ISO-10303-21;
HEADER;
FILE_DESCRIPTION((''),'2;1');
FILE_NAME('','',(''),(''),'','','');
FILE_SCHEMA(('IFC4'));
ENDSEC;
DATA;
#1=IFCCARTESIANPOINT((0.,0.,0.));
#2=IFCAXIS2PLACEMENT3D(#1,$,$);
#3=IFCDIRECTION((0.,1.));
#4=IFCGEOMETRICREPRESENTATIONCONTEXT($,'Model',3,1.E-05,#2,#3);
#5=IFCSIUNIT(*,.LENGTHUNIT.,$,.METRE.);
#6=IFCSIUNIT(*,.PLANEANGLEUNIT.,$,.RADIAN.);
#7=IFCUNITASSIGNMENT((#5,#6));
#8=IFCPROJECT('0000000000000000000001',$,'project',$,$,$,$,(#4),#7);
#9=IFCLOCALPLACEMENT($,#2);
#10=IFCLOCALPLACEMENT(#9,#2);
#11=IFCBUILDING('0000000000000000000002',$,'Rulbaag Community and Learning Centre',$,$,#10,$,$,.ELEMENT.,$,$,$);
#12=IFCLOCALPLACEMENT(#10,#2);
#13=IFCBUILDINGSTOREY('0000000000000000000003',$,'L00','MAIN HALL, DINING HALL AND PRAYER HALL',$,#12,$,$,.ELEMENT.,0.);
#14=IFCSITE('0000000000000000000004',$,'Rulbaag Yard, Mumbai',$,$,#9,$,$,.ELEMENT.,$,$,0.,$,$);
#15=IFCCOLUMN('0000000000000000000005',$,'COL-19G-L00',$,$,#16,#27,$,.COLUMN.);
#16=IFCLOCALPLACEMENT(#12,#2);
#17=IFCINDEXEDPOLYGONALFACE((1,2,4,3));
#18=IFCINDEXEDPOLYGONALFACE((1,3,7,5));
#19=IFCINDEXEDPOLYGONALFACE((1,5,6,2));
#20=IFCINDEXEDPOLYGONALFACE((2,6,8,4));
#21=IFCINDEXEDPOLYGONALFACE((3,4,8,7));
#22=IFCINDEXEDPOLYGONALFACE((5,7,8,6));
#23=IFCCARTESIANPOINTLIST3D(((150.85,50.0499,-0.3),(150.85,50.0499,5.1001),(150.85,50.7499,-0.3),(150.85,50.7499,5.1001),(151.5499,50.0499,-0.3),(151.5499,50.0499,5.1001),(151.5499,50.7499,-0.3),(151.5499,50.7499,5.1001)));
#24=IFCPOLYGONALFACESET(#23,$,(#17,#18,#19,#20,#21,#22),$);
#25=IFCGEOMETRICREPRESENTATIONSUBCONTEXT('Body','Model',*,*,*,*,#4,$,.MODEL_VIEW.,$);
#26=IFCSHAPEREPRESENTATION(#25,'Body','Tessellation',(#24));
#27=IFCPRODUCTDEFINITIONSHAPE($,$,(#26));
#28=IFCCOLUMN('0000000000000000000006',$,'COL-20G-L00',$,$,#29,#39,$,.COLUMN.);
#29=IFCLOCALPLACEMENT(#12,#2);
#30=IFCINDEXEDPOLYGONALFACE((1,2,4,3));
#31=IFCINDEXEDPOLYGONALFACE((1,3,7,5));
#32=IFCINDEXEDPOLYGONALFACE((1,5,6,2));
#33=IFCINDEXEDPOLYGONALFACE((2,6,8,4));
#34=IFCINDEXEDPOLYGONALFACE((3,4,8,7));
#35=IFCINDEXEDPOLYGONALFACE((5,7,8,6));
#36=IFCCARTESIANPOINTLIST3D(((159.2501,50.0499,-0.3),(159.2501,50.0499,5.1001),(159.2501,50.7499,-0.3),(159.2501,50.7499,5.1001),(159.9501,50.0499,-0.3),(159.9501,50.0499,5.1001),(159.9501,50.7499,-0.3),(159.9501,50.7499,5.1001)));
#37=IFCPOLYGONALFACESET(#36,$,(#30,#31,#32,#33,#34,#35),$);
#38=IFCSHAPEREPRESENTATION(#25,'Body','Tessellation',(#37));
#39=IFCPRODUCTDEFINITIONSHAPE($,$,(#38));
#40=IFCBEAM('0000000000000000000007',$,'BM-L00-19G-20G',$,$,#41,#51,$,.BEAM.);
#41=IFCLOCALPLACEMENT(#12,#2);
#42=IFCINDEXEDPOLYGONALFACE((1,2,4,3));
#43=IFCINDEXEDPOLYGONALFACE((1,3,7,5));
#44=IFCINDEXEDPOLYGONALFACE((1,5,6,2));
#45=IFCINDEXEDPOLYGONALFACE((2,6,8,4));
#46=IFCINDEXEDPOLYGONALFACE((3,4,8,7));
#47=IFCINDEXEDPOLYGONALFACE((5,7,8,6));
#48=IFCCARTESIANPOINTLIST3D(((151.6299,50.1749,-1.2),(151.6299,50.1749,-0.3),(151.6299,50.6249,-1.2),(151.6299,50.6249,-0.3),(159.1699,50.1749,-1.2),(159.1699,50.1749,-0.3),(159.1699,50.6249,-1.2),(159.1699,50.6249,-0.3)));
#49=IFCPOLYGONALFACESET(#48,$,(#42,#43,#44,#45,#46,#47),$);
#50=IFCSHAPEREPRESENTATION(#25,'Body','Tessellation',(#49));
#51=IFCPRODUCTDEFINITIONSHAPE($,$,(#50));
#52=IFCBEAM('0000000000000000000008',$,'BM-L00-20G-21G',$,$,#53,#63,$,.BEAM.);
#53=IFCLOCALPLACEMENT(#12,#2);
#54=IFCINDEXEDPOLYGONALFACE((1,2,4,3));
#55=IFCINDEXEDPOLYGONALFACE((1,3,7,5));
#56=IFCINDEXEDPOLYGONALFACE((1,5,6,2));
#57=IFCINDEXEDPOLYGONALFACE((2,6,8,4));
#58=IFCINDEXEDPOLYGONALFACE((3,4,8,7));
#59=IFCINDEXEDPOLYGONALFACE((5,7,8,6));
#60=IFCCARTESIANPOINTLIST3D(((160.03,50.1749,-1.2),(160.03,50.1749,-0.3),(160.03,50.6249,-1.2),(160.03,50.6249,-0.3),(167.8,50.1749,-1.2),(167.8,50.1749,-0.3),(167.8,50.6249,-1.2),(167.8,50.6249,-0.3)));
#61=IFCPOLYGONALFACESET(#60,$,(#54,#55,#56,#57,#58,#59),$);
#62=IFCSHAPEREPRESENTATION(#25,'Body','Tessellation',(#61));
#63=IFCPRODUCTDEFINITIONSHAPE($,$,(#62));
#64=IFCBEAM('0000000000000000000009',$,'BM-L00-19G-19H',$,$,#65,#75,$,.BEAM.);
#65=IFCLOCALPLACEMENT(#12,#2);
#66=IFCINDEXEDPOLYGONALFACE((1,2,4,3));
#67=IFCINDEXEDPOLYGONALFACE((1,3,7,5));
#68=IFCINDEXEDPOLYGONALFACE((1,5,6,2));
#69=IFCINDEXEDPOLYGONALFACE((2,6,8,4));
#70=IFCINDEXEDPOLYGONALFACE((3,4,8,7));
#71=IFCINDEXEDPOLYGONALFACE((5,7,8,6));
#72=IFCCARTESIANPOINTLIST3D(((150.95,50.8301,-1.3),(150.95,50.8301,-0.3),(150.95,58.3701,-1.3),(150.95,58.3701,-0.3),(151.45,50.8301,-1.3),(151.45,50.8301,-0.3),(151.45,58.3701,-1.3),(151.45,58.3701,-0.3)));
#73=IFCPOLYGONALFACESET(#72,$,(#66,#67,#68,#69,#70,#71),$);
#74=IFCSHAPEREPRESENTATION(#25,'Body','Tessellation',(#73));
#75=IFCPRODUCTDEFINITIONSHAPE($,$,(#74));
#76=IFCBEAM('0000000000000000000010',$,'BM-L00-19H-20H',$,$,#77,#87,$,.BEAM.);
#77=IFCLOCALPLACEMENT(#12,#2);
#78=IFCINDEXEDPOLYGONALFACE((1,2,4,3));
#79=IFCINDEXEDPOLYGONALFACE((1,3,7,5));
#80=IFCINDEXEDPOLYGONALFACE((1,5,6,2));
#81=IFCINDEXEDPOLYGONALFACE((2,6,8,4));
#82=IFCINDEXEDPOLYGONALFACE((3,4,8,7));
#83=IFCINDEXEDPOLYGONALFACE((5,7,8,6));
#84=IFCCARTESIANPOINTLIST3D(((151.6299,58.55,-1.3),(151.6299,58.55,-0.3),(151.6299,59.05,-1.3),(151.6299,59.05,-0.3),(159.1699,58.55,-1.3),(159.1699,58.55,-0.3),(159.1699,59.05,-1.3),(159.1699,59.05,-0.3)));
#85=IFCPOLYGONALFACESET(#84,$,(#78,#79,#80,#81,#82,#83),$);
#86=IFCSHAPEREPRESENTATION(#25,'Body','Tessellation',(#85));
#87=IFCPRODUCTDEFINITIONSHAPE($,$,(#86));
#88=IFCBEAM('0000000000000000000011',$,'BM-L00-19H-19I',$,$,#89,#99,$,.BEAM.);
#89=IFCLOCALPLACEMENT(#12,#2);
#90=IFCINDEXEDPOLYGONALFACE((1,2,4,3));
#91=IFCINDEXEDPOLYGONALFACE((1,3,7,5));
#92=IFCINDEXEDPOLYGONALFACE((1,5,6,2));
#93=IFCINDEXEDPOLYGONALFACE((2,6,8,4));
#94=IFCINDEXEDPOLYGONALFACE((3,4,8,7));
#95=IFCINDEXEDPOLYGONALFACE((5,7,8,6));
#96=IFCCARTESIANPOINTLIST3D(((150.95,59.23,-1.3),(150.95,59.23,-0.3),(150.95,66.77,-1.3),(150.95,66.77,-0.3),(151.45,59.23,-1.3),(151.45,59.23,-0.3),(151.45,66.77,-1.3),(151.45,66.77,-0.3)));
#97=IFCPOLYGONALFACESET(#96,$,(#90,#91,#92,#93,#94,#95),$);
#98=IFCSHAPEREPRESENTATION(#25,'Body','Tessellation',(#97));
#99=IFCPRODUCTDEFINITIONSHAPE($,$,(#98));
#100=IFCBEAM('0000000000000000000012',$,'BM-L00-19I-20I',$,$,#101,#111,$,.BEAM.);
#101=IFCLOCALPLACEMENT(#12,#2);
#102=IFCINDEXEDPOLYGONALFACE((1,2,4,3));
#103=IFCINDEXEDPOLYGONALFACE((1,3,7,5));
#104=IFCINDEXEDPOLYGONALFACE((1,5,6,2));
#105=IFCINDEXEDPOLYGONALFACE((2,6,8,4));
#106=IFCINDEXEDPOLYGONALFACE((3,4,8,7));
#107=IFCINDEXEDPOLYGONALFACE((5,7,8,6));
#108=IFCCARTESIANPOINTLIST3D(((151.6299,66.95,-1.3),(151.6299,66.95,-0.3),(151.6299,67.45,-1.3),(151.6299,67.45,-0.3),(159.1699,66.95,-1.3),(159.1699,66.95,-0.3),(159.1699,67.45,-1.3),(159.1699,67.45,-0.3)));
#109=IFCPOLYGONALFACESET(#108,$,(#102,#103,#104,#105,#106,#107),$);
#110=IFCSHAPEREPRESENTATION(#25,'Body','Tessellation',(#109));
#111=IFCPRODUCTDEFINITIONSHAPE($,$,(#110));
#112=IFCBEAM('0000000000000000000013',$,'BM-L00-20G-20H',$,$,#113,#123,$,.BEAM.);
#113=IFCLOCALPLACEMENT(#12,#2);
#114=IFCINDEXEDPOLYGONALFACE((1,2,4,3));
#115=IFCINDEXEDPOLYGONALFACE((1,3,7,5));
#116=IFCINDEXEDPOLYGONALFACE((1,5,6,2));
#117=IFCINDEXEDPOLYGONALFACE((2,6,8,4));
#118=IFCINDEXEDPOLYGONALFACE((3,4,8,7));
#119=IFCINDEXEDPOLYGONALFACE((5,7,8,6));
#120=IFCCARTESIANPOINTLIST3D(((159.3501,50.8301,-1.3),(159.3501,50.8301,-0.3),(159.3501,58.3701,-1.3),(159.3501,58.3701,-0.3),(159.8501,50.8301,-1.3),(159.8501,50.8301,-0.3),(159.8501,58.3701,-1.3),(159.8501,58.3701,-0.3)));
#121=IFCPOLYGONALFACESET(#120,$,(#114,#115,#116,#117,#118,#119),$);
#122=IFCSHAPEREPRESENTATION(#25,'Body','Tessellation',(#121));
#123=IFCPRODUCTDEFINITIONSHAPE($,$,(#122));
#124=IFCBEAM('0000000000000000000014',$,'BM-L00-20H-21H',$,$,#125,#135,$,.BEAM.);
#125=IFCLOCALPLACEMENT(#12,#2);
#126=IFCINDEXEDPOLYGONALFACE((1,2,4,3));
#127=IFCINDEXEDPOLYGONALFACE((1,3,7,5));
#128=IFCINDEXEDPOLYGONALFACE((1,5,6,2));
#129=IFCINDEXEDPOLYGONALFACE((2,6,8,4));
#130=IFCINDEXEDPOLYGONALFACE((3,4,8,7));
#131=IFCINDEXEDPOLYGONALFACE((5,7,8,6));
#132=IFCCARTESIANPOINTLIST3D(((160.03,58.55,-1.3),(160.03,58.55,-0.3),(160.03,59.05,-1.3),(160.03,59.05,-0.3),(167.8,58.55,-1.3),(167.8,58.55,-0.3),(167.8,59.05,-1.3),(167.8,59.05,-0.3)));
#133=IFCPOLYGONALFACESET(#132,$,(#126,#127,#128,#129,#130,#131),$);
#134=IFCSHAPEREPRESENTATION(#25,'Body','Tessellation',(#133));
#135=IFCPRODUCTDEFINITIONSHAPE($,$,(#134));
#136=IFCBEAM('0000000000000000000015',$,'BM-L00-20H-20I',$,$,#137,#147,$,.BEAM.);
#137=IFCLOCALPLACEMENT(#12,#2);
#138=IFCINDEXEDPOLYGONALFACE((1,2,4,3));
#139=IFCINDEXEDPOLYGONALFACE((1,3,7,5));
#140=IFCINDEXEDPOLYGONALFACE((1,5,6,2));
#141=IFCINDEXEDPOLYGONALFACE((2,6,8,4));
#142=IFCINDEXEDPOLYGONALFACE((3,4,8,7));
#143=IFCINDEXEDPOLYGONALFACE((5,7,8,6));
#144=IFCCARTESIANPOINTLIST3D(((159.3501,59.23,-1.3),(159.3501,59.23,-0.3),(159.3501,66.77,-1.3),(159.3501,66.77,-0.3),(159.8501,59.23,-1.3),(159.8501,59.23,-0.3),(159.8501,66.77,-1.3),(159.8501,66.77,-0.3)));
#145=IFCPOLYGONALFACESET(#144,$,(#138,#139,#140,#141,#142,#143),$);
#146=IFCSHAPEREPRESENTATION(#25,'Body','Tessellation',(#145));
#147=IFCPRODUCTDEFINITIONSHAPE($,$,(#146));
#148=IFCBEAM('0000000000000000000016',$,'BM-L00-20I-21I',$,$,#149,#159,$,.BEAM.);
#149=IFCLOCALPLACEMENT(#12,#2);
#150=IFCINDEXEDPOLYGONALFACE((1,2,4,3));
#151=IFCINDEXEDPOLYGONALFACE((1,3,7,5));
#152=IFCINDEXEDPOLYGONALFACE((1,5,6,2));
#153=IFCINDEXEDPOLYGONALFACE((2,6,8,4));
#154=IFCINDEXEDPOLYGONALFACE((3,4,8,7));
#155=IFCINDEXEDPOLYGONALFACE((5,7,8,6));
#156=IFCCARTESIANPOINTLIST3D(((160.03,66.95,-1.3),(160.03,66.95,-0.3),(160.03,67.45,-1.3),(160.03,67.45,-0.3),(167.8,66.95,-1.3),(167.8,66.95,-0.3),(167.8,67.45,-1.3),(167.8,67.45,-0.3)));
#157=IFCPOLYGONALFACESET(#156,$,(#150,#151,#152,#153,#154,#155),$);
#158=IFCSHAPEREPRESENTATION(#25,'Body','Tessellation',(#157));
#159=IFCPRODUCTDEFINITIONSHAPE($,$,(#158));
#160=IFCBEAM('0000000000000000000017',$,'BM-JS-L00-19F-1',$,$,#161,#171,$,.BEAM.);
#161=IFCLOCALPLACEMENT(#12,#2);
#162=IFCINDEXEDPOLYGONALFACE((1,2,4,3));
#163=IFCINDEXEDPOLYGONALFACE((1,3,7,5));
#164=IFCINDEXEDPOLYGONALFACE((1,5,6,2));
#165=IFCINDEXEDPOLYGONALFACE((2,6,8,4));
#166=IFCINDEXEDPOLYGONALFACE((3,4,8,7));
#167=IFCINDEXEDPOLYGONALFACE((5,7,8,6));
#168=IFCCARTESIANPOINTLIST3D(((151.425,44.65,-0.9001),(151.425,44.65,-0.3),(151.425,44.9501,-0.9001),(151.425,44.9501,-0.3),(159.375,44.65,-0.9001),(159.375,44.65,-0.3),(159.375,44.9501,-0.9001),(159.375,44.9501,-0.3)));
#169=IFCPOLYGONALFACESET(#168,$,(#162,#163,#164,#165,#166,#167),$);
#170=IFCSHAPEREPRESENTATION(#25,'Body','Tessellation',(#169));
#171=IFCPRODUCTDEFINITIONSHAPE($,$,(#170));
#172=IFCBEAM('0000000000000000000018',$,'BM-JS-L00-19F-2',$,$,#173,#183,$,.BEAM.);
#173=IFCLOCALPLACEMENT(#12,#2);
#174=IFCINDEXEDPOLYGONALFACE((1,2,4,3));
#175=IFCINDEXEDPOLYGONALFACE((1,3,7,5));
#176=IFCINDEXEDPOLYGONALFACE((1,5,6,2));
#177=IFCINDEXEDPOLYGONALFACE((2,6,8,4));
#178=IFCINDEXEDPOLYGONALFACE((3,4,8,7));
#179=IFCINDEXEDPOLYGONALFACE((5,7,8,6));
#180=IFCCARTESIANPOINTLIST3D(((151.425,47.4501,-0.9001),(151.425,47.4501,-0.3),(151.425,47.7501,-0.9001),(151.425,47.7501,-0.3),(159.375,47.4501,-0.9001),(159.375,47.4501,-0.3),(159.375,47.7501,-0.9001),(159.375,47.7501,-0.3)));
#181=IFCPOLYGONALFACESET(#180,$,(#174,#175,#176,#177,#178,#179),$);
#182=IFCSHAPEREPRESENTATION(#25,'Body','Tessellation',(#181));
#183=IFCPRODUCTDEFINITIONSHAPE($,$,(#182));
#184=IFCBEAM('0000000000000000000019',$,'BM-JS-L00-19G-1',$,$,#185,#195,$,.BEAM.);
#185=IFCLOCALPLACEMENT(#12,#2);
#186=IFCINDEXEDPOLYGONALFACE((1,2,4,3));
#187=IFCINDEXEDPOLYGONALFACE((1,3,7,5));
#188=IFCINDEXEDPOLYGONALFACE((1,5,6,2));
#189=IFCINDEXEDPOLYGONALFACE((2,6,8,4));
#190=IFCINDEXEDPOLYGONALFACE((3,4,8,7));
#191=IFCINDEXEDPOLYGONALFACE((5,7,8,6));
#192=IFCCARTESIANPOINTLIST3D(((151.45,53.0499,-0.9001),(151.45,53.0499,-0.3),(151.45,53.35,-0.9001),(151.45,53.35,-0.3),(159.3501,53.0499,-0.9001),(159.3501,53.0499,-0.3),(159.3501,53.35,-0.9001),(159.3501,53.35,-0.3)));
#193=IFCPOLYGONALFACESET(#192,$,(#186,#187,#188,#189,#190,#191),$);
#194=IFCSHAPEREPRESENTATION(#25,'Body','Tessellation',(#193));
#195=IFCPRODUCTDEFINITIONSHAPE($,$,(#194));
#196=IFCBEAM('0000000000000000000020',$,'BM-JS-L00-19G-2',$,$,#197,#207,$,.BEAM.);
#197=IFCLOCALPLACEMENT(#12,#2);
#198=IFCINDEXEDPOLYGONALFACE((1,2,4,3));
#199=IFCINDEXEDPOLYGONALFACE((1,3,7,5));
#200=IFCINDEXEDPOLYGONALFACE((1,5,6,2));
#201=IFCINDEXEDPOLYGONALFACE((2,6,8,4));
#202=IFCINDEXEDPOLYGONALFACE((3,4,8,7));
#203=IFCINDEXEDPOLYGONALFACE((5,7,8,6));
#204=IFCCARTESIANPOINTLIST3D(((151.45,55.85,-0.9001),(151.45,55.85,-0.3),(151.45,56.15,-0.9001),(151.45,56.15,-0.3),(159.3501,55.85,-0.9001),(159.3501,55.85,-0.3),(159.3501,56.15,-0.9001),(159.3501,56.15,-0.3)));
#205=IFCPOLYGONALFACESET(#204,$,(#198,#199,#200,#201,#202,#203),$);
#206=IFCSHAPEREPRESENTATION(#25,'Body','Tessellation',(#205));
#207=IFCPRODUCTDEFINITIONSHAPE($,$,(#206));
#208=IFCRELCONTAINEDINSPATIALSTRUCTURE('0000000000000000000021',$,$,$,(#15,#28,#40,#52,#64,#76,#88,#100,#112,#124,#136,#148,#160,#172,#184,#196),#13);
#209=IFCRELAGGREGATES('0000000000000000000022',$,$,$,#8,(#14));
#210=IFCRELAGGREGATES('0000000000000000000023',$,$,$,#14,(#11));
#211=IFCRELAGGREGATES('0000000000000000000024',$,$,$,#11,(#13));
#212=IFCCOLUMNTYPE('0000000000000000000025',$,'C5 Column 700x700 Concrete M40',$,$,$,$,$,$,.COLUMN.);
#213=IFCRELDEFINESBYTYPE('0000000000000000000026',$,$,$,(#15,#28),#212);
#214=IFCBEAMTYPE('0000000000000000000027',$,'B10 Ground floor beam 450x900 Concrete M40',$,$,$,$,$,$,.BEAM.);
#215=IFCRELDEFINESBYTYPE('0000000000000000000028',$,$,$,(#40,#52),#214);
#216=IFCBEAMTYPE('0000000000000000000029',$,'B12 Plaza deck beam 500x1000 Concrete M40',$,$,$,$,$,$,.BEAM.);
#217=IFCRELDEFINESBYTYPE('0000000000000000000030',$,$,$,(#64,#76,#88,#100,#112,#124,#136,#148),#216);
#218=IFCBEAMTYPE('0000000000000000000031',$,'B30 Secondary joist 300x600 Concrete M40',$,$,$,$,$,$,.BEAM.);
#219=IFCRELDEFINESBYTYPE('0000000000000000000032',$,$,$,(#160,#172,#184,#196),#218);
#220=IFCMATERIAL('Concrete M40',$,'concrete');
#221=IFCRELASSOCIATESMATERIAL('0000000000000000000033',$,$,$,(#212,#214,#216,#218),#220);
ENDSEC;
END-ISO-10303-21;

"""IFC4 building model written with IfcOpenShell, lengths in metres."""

from ifc_helpers import new_model, si_unit, direction, frame, origin, origin_2d, place, context, subcontext, project, spatial, rectangle, extrude, material, material_profile, profile_set, type_object, element, save


model = new_model("IFC4")

# Units and contexts
model_context = context("Model", 3, precision=1e-05, world=origin(), true_north=direction((0.0, 1.0)))
body_context = subcontext(model_context, "Body", "Model", "MODEL_VIEW")
ifc_project = project(units=[si_unit("LENGTHUNIT", "METRE"), si_unit("PLANEANGLEUNIT", "RADIAN")], contexts=[model_context])

# Site, building, storey
site_placement = place(None, origin())
site = spatial("IfcSite", under=ifc_project, at=site_placement, Name="Rulbaag Yard, Mumbai", CompositionType="ELEMENT", RefElevation=0.0)
building_placement = place(site_placement, origin())
building = spatial("IfcBuilding", under=site, at=building_placement, Name="Rulbaag Community and Learning Centre", CompositionType="ELEMENT")
storey_placement = place(building_placement, origin())
storey = spatial("IfcBuildingStorey", under=building, at=storey_placement, Name="L00", Description="MAIN HALL, DINING HALL AND PRAYER HALL", CompositionType="ELEMENT", Elevation=0.0)

# Columns
ifc_material_1 = material(Name="Concrete M40", Category="concrete")
ifc_material_profile_1 = material_profile(ifc_material_1, rectangle(XDim=0.7, YDim=0.7, at=origin_2d()), Name="RC700x700")
ifc_profile_set_1 = profile_set([ifc_material_profile_1], Name="Concrete M40")
column_type = type_object("IfcColumnType", Name="C5 Column 700x700 Concrete M40", PredefinedType="COLUMN", material=ifc_profile_set_1)
for number, where, z_axis, x_axis, name in (
    (1, (151.2, 50.3999, -0.3), (0.0, 0.0, 1.0), (1.0, 0.0, 0.0), "COL-19G-L00"),
    (2, (159.6001, 50.3999, -0.3), (0.0, 0.0, 1.0), (1.0, 0.0, 0.0), "COL-20G-L00"),
):
    element("IfcColumn", number, at=place(storey_placement, frame(where, z_axis=z_axis, x_axis=x_axis)), inside=storey, type_object=column_type, Name=name, PredefinedType="COLUMN", context=body_context, shape_type="SweptSolid", body=[
        extrude(rectangle(XDim=0.7, YDim=0.7, at=origin_2d()), origin(), (0.0, 0.0, 1.0), 5.4001),
    ])

# Beams
ifc_material_profile_2 = material_profile(ifc_material_1, rectangle(XDim=0.45, YDim=0.8999, at=origin_2d()), Name="RB450x900")
ifc_profile_set_2 = profile_set([ifc_material_profile_2], Name="Concrete M40")
beam_type_1 = type_object("IfcBeamType", Name="B10 Ground floor beam 450x900 Concrete M40", PredefinedType="BEAM", material=ifc_profile_set_2)
beam_1_placement = place(storey_placement, frame((151.6299, 50.3999, -0.75), z_axis=(1.0, 0.0, 0.0), x_axis=(0.0, 1.0, 0.0)))
element("IfcBeam", 3, at=beam_1_placement, inside=storey, type_object=beam_type_1, Name="BM-L00-19G-20G", PredefinedType="BEAM", context=body_context, shape_type="SweptSolid", body=[
    extrude(rectangle(XDim=0.45, YDim=0.8999, at=origin_2d()), origin(), (0.0, 0.0, 1.0), 7.54),
])
beam_2_placement = place(storey_placement, frame((160.03, 50.3999, -0.75), z_axis=(1.0, 0.0, 0.0), x_axis=(0.0, 1.0, 0.0)))
element("IfcBeam", 4, at=beam_2_placement, inside=storey, type_object=beam_type_1, Name="BM-L00-20G-21G", PredefinedType="BEAM", context=body_context, shape_type="SweptSolid", body=[
    extrude(rectangle(XDim=0.45, YDim=0.8999, at=origin_2d()), origin(), (0.0, 0.0, 1.0), 7.77),
])
ifc_material_profile_3 = material_profile(ifc_material_1, rectangle(XDim=0.5, YDim=1.0, at=origin_2d()), Name="RB500x1000")
ifc_profile_set_3 = profile_set([ifc_material_profile_3], Name="Concrete M40")
beam_type_2 = type_object("IfcBeamType", Name="B12 Plaza deck beam 500x1000 Concrete M40", PredefinedType="BEAM", material=ifc_profile_set_3)
for number, where, z_axis, x_axis, name in (
    (5, (151.2, 50.8301, -0.8), (0.0, 1.0, 0.0), (-1.0, 0.0, 0.0), "BM-L00-19G-19H"),
    (6, (151.6299, 58.8, -0.8), (1.0, 0.0, 0.0), (0.0, 1.0, 0.0), "BM-L00-19H-20H"),
    (7, (151.2, 59.23, -0.8), (0.0, 1.0, 0.0), (-1.0, 0.0, 0.0), "BM-L00-19H-19I"),
    (8, (151.6299, 67.2, -0.8), (1.0, 0.0, 0.0), (0.0, 1.0, 0.0), "BM-L00-19I-20I"),
    (9, (159.6001, 50.8301, -0.8), (0.0, 1.0, 0.0), (-1.0, 0.0, 0.0), "BM-L00-20G-20H"),
):
    element("IfcBeam", number, at=place(storey_placement, frame(where, z_axis=z_axis, x_axis=x_axis)), inside=storey, type_object=beam_type_2, Name=name, PredefinedType="BEAM", context=body_context, shape_type="SweptSolid", body=[
        extrude(rectangle(XDim=0.5, YDim=1.0, at=origin_2d()), origin(), (0.0, 0.0, 1.0), 7.54),
    ])
beam_3_placement = place(storey_placement, frame((160.03, 58.8, -0.8), z_axis=(1.0, 0.0, 0.0), x_axis=(0.0, 1.0, 0.0)))
element("IfcBeam", 10, at=beam_3_placement, inside=storey, type_object=beam_type_2, Name="BM-L00-20H-21H", PredefinedType="BEAM", context=body_context, shape_type="SweptSolid", body=[
    extrude(rectangle(XDim=0.5, YDim=1.0, at=origin_2d()), origin(), (0.0, 0.0, 1.0), 7.77),
])
beam_4_placement = place(storey_placement, frame((159.6001, 59.23, -0.8), z_axis=(0.0, 1.0, 0.0), x_axis=(-1.0, 0.0, 0.0)))
element("IfcBeam", 11, at=beam_4_placement, inside=storey, type_object=beam_type_2, Name="BM-L00-20H-20I", PredefinedType="BEAM", context=body_context, shape_type="SweptSolid", body=[
    extrude(rectangle(XDim=0.5, YDim=1.0, at=origin_2d()), origin(), (0.0, 0.0, 1.0), 7.54),
])
beam_5_placement = place(storey_placement, frame((160.03, 67.2, -0.8), z_axis=(1.0, 0.0, 0.0), x_axis=(0.0, 1.0, 0.0)))
element("IfcBeam", 12, at=beam_5_placement, inside=storey, type_object=beam_type_2, Name="BM-L00-20I-21I", PredefinedType="BEAM", context=body_context, shape_type="SweptSolid", body=[
    extrude(rectangle(XDim=0.5, YDim=1.0, at=origin_2d()), origin(), (0.0, 0.0, 1.0), 7.77),
])
ifc_material_profile_4 = material_profile(ifc_material_1, rectangle(XDim=0.3, YDim=0.6001, at=origin_2d()), Name="RB300x600")
ifc_profile_set_4 = profile_set([ifc_material_profile_4], Name="Concrete M40")
beam_type_3 = type_object("IfcBeamType", Name="B30 Secondary joist 300x600 Concrete M40", PredefinedType="BEAM", material=ifc_profile_set_4)
for number, where, z_axis, x_axis, name in (
    (13, (151.425, 44.8, -0.6001), (1.0, 0.0, 0.0), (0.0, 1.0, 0.0), "BM-JS-L00-19F-1"),
    (14, (151.425, 47.6001, -0.6001), (1.0, 0.0, 0.0), (0.0, 1.0, 0.0), "BM-JS-L00-19F-2"),
):
    element("IfcBeam", number, at=place(storey_placement, frame(where, z_axis=z_axis, x_axis=x_axis)), inside=storey, type_object=beam_type_3, Name=name, PredefinedType="BEAM", context=body_context, shape_type="SweptSolid", body=[
        extrude(rectangle(XDim=0.3, YDim=0.6001, at=origin_2d()), origin(), (0.0, 0.0, 1.0), 7.95),
    ])
for number, where, z_axis, x_axis, name in (
    (15, (151.45, 53.2, -0.6001), (1.0, 0.0, 0.0), (0.0, 1.0, 0.0), "BM-JS-L00-19G-1"),
    (16, (151.45, 56.0, -0.6001), (1.0, 0.0, 0.0), (0.0, 1.0, 0.0), "BM-JS-L00-19G-2"),
):
    element("IfcBeam", number, at=place(storey_placement, frame(where, z_axis=z_axis, x_axis=x_axis)), inside=storey, type_object=beam_type_3, Name=name, PredefinedType="BEAM", context=body_context, shape_type="SweptSolid", body=[
        extrude(rectangle(XDim=0.3, YDim=0.6001, at=origin_2d()), origin(), (0.0, 0.0, 1.0), 7.9001),
    ])

save(model, "model.ifc")
